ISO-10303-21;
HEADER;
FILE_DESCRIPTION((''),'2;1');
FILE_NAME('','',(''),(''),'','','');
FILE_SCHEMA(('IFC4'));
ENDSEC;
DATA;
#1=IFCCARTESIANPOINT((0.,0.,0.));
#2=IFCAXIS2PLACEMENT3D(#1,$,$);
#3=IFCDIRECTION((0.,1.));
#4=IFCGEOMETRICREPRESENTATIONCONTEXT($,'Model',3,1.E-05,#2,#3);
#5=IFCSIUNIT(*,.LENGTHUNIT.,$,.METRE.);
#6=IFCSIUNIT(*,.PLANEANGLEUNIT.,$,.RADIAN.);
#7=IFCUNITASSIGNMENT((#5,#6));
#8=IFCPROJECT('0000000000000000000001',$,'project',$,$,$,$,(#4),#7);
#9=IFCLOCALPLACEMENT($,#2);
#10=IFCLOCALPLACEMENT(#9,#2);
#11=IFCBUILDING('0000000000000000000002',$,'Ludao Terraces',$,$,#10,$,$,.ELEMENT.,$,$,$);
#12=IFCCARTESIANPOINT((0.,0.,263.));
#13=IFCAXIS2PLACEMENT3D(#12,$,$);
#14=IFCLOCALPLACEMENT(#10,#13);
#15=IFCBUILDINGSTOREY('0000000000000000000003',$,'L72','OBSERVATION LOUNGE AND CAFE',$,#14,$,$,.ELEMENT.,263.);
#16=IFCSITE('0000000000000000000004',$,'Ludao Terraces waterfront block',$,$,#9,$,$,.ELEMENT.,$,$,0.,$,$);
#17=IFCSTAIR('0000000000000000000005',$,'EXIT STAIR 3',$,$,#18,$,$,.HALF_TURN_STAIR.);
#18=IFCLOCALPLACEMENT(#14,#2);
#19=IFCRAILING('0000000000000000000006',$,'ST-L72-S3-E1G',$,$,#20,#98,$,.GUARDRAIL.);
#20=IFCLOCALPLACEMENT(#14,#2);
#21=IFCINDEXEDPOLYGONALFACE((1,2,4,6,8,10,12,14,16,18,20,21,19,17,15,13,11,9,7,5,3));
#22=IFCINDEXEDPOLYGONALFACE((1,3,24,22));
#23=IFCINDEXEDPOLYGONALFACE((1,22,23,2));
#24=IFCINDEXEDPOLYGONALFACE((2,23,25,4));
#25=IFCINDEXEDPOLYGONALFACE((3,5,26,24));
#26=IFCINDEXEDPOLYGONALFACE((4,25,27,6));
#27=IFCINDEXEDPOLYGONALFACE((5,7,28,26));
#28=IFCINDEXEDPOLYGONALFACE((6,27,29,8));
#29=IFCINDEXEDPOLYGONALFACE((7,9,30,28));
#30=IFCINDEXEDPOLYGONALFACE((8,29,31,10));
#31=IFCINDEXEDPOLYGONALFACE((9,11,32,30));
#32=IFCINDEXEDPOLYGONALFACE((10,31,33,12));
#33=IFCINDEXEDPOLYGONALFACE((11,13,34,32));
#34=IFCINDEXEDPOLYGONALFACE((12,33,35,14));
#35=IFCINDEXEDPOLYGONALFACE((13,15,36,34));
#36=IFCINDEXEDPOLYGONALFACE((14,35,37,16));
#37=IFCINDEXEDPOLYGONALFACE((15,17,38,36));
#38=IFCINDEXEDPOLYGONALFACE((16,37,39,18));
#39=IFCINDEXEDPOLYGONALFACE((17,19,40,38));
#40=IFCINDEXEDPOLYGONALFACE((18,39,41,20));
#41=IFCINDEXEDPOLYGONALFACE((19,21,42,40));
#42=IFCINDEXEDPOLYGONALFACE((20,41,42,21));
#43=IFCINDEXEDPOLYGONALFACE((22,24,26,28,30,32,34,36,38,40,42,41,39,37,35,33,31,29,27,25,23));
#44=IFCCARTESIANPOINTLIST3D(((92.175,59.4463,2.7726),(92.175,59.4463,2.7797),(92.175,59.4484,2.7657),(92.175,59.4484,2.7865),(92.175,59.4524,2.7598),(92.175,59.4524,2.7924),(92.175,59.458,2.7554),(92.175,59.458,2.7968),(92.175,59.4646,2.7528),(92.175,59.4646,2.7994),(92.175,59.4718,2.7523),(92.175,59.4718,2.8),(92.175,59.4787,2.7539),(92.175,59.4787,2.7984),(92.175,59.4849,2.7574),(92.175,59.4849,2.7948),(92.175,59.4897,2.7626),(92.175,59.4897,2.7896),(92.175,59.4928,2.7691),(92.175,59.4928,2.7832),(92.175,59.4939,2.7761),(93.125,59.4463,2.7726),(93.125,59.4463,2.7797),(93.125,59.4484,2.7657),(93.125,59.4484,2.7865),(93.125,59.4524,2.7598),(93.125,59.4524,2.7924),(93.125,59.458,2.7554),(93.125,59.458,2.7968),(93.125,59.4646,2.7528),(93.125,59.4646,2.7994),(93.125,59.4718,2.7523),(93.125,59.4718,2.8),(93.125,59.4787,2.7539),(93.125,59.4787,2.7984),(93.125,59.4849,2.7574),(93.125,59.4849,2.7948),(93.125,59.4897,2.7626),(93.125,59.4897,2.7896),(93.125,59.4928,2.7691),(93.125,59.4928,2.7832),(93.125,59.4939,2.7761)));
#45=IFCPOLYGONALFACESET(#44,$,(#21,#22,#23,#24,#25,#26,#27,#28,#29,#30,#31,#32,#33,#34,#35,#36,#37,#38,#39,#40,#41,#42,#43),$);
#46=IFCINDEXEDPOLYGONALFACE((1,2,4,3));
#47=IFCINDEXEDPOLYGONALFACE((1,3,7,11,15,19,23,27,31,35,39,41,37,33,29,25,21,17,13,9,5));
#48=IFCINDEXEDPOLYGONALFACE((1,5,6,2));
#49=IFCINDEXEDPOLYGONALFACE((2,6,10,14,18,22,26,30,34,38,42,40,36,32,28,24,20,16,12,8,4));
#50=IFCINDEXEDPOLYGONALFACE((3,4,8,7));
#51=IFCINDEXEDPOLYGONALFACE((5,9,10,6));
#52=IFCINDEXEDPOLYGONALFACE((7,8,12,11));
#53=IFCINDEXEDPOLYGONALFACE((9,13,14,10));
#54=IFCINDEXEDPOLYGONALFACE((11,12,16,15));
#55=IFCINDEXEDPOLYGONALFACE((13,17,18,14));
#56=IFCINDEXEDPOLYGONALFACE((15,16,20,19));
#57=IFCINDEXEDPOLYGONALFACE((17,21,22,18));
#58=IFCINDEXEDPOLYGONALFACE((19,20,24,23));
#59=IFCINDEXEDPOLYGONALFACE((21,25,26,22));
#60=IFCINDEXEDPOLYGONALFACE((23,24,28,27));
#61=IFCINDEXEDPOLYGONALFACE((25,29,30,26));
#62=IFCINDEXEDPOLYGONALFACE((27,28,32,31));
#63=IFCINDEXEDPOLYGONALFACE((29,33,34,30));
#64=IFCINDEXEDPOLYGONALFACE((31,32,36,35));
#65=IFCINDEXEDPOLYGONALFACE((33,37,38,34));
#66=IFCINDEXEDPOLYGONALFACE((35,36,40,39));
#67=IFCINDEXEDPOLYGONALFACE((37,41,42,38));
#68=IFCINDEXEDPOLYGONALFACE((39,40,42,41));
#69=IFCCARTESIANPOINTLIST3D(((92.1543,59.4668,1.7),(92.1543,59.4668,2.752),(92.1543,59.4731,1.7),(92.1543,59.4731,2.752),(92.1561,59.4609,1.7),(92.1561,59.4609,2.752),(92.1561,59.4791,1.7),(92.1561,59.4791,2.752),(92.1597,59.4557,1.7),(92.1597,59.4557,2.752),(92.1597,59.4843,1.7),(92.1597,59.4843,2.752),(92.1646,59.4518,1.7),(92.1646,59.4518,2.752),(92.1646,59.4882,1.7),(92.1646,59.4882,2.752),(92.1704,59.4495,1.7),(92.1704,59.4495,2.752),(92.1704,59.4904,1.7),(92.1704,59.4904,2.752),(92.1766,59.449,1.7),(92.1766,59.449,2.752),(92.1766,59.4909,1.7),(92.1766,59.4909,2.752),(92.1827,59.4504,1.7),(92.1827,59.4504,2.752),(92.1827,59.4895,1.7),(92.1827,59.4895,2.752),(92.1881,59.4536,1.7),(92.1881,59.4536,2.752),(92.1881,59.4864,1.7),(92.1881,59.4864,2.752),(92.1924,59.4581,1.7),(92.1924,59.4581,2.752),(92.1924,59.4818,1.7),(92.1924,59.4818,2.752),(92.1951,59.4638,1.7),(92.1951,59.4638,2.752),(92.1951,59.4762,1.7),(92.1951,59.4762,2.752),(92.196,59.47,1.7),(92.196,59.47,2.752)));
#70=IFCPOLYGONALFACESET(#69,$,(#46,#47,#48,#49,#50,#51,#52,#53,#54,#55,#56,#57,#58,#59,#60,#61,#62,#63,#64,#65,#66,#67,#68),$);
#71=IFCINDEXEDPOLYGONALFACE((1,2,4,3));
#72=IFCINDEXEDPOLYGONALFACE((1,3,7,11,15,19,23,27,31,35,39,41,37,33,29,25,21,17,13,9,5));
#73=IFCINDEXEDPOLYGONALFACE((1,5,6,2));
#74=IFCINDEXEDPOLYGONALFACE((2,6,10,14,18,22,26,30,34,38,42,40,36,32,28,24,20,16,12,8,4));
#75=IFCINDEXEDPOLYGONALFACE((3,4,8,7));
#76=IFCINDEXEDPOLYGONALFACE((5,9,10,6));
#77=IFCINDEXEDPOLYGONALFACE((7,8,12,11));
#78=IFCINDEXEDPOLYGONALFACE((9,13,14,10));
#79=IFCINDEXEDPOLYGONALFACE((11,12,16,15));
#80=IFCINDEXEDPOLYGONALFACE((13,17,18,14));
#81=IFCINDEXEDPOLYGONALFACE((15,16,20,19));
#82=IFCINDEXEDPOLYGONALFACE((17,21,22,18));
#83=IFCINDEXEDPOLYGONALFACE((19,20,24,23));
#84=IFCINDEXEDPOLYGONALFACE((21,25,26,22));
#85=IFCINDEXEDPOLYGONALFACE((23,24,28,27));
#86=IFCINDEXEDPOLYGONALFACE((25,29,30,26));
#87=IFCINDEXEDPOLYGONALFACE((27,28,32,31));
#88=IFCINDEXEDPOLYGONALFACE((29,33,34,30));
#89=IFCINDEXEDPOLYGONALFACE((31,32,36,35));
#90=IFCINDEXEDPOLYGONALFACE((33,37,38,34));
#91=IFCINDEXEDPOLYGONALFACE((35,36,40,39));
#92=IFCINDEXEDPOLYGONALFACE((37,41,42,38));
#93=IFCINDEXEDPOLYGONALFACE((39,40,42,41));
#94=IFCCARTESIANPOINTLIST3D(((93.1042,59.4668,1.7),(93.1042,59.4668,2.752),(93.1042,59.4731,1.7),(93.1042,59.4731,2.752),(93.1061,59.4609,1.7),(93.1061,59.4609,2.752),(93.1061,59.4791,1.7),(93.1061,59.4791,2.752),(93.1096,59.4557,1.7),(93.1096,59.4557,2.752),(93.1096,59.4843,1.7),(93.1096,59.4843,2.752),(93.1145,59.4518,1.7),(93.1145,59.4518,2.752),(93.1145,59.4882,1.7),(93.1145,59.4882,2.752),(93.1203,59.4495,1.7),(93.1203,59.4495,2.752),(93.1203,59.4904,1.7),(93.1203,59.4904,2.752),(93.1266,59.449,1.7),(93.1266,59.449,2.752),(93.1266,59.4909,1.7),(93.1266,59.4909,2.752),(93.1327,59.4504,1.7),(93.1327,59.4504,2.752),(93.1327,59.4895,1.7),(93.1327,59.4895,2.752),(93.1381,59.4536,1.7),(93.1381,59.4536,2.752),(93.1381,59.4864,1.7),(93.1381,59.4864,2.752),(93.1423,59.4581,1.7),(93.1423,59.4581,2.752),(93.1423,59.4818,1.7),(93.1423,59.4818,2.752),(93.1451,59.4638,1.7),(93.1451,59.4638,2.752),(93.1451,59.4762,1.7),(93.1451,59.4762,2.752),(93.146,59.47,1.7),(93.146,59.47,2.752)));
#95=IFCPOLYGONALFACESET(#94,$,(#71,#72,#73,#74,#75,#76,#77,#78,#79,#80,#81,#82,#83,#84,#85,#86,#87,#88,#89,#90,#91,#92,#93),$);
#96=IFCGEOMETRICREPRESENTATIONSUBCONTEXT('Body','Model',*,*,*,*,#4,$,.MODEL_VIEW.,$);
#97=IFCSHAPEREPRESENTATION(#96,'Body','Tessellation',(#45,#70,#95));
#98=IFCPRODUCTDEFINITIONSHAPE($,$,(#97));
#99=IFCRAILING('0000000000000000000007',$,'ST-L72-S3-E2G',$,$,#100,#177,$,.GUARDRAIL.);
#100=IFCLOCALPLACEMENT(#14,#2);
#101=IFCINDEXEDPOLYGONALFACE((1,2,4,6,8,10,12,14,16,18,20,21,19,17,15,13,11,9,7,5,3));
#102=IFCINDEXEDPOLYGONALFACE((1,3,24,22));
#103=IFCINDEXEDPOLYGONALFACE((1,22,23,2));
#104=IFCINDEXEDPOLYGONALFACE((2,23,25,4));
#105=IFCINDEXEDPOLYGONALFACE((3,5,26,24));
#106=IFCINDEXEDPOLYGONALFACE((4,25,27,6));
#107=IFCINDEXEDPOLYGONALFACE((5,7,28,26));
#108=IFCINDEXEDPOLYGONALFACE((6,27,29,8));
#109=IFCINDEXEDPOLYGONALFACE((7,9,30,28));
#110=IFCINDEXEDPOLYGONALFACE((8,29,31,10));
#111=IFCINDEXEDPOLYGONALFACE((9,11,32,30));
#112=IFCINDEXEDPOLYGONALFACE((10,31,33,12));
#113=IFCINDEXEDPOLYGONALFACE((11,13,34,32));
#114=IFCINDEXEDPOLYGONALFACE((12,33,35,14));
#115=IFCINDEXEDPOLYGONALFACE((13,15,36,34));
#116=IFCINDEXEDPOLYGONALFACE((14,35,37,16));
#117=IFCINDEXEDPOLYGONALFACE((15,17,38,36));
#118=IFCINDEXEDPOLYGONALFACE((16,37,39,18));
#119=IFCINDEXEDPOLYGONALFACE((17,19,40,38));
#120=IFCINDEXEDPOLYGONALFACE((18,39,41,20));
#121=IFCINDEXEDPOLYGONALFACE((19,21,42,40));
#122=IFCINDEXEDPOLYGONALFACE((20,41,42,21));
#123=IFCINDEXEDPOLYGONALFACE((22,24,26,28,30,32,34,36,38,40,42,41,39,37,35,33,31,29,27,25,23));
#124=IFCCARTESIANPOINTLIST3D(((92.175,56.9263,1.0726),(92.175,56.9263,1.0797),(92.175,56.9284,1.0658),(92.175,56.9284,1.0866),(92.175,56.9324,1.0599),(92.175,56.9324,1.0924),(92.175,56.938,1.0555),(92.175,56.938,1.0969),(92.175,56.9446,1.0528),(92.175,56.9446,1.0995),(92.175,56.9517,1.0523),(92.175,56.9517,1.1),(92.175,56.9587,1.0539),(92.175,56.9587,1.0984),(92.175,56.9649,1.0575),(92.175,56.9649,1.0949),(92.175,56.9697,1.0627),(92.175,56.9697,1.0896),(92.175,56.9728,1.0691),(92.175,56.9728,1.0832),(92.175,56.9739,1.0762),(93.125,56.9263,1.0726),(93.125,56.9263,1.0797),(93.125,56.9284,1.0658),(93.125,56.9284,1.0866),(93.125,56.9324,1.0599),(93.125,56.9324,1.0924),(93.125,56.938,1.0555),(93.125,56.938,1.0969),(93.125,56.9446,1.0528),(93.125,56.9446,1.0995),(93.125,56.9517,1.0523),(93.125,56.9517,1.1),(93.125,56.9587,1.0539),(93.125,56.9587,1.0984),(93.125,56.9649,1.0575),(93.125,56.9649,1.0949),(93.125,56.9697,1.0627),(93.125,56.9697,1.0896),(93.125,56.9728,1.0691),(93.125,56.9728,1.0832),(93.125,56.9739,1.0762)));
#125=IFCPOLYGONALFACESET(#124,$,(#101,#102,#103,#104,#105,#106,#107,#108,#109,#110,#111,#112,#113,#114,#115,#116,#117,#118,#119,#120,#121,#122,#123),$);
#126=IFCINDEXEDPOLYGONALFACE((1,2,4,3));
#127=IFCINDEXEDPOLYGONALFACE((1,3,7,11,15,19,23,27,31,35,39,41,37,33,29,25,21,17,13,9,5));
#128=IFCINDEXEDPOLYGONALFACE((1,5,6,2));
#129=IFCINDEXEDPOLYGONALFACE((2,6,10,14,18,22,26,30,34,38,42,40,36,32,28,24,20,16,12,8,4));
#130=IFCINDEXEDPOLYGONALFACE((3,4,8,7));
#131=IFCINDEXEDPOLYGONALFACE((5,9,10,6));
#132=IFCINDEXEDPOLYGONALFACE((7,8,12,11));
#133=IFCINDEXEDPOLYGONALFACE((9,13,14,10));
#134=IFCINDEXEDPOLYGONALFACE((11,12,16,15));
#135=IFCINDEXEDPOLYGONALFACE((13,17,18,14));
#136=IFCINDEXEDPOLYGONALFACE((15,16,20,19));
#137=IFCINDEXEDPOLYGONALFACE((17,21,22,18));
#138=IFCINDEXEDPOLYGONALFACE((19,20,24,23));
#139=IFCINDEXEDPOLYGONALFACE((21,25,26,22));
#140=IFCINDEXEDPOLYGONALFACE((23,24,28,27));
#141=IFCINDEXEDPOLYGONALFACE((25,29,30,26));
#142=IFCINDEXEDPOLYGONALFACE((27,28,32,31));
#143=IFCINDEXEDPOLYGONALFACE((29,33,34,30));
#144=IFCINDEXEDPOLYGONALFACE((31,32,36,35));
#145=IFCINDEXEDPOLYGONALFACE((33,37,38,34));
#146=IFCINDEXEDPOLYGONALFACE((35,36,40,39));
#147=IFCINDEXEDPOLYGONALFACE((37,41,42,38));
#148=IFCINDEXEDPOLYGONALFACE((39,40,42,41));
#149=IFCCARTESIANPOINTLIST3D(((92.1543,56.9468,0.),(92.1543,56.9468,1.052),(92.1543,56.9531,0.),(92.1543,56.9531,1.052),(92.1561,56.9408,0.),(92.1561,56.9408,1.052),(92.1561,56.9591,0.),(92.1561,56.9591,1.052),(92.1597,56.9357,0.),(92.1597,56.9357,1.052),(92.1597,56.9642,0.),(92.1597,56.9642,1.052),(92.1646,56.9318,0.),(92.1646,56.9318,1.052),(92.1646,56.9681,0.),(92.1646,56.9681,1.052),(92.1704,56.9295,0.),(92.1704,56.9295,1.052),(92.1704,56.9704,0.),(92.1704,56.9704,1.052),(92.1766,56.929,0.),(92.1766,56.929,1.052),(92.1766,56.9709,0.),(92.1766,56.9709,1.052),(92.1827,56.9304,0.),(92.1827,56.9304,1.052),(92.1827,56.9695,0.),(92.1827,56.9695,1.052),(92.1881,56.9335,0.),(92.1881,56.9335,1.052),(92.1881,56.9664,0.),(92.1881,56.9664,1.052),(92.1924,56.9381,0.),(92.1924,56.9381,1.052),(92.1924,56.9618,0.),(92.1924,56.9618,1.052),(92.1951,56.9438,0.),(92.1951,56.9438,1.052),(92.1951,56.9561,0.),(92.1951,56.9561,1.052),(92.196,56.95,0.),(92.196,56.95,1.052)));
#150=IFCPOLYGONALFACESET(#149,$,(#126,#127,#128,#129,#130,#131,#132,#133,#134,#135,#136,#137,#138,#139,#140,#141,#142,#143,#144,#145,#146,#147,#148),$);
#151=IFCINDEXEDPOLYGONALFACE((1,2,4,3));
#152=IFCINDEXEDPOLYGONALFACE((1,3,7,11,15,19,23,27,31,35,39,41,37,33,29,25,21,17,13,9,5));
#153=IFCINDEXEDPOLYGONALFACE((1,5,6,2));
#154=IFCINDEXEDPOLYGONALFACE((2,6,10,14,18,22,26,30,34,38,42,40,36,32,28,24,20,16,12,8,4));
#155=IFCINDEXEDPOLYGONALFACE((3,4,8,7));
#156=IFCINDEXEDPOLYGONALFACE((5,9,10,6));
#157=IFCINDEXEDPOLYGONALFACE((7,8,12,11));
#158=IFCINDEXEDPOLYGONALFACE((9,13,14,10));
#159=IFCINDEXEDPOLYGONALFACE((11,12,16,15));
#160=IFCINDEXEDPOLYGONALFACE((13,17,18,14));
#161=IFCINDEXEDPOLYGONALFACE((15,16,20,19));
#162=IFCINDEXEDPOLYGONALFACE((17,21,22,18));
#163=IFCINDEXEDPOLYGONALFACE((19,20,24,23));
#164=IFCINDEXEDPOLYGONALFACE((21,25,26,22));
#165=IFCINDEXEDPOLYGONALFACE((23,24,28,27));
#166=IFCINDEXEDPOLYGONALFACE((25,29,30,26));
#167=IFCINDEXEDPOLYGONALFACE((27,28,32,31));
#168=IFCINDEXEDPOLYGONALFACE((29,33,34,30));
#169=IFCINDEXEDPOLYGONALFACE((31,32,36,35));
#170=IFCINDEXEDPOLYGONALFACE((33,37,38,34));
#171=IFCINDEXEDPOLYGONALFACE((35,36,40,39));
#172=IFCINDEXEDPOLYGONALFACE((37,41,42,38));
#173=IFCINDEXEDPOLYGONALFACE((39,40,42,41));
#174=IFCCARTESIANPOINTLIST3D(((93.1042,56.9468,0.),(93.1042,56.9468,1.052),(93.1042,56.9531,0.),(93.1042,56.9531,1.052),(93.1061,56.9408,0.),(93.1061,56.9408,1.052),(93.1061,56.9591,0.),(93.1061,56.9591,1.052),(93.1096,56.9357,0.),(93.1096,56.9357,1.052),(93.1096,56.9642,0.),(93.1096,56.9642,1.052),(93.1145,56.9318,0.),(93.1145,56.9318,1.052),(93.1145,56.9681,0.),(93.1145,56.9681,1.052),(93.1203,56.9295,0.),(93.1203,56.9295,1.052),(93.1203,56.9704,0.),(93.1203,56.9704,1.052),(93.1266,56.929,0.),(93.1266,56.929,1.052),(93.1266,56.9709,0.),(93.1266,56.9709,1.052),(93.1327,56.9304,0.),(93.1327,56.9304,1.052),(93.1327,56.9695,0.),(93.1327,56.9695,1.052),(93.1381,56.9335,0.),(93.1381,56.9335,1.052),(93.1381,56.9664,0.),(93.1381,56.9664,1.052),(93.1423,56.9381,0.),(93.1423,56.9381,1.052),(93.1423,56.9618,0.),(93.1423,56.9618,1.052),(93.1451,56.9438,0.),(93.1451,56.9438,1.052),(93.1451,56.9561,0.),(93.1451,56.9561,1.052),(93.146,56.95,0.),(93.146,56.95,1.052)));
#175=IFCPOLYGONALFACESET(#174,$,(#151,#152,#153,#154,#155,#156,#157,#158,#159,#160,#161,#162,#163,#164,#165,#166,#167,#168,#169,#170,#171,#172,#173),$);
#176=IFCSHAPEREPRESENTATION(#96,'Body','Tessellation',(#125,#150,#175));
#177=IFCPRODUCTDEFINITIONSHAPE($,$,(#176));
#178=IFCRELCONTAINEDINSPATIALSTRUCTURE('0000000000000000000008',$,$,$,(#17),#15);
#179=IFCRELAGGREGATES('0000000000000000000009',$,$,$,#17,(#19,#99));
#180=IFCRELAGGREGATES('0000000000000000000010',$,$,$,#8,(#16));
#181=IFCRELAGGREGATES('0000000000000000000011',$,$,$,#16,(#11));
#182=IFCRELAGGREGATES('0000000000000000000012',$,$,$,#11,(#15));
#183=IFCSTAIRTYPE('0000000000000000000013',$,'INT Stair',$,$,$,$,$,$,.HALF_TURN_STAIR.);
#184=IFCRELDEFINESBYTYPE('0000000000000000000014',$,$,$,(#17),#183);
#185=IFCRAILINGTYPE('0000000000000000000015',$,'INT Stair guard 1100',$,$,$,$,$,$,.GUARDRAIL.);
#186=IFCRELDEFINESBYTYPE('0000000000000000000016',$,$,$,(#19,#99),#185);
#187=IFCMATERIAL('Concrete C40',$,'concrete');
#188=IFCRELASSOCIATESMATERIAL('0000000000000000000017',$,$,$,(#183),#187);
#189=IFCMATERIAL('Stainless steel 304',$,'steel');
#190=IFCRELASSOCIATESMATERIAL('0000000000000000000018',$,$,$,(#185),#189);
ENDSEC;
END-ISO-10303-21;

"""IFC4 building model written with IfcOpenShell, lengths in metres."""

from ifc_helpers import new_model, si_unit, direction, frame, origin, origin_2d, place, context, subcontext, project, spatial, circle, extrude, material, type_object, element, aggregate, save


model = new_model("IFC4")

# Units and contexts
model_context = context("Model", 3, precision=1e-05, world=origin(), true_north=direction((0.0, 1.0)))
body_context = subcontext(model_context, "Body", "Model", "MODEL_VIEW")
ifc_project = project(units=[si_unit("LENGTHUNIT", "METRE"), si_unit("PLANEANGLEUNIT", "RADIAN")], contexts=[model_context])

# Site, building, storey
site_placement = place(None, origin())
site = spatial("IfcSite", under=ifc_project, at=site_placement, Name="Ludao Terraces waterfront block", CompositionType="ELEMENT", RefElevation=0.0)
building_placement = place(site_placement, origin())
building = spatial("IfcBuilding", under=site, at=building_placement, Name="Ludao Terraces", CompositionType="ELEMENT")
storey_placement = place(building_placement, frame((0.0, 0.0, 263.0)))
storey = spatial("IfcBuildingStorey", under=building, at=storey_placement, Name="L72", Description="OBSERVATION LOUNGE AND CAFE", CompositionType="ELEMENT", Elevation=263.0)

# Shared definitions
ifc_material_1 = material(Name="Concrete C40", Category="concrete")

# Stair, railings
stair_type = type_object("IfcStairType", Name="INT Stair", PredefinedType="HALF_TURN_STAIR", material=ifc_material_1)
stair_placement = place(storey_placement, origin())
stair = element("IfcStair", 1, at=stair_placement, inside=storey, type_object=stair_type, Name="EXIT STAIR 3", PredefinedType="HALF_TURN_STAIR")
ifc_material_2 = material(Name="Stainless steel 304", Category="steel")
railing_type_1 = type_object("IfcRailingType", Name="INT Stair guard 1100", PredefinedType="GUARDRAIL", material=ifc_material_2)
railing_1_placement = place(storey_placement, frame((92.175, 59.47, 1.7)))
railing_1 = element("IfcRailing", 2, at=railing_1_placement, type_object=railing_type_1, Name="ST-L72-S3-E1G", PredefinedType="GUARDRAIL", context=body_context, shape_type="SweptSolid", body=[
    extrude(circle(Radius=0.0239, at=origin_2d()), frame((0.0, 0.0, 1.0762), z_axis=(1.0, 0.0, 0.0), x_axis=(0.0, 1.0, 0.0)), (0.0, 0.0, 1.0), 0.95),
    extrude(circle(Radius=0.021, at=origin_2d()), origin(), (0.0, 0.0, 1.0), 1.052),
    extrude(circle(Radius=0.021, at=origin_2d()), frame((0.95, 0.0, 0.0)), (0.0, 0.0, 1.0), 1.052),
])
railing_2_placement = place(storey_placement, frame((92.175, 56.95, 0.0)))
railing_2 = element("IfcRailing", 3, at=railing_2_placement, type_object=railing_type_1, Name="ST-L72-S3-E2G", PredefinedType="GUARDRAIL", context=body_context, shape_type="SweptSolid", body=[
    extrude(circle(Radius=0.0239, at=origin_2d()), frame((0.0, 0.0, 1.0762), z_axis=(1.0, 0.0, 0.0), x_axis=(0.0, 1.0, 0.0)), (0.0, 0.0, 1.0), 0.95),
    extrude(circle(Radius=0.021, at=origin_2d()), origin(), (0.0, 0.0, 1.0), 1.052),
    extrude(circle(Radius=0.021, at=origin_2d()), frame((0.95, 0.0, 0.0)), (0.0, 0.0, 1.0), 1.052),
])
aggregate(stair, [railing_1, railing_2])

save(model, "model.ifc")
